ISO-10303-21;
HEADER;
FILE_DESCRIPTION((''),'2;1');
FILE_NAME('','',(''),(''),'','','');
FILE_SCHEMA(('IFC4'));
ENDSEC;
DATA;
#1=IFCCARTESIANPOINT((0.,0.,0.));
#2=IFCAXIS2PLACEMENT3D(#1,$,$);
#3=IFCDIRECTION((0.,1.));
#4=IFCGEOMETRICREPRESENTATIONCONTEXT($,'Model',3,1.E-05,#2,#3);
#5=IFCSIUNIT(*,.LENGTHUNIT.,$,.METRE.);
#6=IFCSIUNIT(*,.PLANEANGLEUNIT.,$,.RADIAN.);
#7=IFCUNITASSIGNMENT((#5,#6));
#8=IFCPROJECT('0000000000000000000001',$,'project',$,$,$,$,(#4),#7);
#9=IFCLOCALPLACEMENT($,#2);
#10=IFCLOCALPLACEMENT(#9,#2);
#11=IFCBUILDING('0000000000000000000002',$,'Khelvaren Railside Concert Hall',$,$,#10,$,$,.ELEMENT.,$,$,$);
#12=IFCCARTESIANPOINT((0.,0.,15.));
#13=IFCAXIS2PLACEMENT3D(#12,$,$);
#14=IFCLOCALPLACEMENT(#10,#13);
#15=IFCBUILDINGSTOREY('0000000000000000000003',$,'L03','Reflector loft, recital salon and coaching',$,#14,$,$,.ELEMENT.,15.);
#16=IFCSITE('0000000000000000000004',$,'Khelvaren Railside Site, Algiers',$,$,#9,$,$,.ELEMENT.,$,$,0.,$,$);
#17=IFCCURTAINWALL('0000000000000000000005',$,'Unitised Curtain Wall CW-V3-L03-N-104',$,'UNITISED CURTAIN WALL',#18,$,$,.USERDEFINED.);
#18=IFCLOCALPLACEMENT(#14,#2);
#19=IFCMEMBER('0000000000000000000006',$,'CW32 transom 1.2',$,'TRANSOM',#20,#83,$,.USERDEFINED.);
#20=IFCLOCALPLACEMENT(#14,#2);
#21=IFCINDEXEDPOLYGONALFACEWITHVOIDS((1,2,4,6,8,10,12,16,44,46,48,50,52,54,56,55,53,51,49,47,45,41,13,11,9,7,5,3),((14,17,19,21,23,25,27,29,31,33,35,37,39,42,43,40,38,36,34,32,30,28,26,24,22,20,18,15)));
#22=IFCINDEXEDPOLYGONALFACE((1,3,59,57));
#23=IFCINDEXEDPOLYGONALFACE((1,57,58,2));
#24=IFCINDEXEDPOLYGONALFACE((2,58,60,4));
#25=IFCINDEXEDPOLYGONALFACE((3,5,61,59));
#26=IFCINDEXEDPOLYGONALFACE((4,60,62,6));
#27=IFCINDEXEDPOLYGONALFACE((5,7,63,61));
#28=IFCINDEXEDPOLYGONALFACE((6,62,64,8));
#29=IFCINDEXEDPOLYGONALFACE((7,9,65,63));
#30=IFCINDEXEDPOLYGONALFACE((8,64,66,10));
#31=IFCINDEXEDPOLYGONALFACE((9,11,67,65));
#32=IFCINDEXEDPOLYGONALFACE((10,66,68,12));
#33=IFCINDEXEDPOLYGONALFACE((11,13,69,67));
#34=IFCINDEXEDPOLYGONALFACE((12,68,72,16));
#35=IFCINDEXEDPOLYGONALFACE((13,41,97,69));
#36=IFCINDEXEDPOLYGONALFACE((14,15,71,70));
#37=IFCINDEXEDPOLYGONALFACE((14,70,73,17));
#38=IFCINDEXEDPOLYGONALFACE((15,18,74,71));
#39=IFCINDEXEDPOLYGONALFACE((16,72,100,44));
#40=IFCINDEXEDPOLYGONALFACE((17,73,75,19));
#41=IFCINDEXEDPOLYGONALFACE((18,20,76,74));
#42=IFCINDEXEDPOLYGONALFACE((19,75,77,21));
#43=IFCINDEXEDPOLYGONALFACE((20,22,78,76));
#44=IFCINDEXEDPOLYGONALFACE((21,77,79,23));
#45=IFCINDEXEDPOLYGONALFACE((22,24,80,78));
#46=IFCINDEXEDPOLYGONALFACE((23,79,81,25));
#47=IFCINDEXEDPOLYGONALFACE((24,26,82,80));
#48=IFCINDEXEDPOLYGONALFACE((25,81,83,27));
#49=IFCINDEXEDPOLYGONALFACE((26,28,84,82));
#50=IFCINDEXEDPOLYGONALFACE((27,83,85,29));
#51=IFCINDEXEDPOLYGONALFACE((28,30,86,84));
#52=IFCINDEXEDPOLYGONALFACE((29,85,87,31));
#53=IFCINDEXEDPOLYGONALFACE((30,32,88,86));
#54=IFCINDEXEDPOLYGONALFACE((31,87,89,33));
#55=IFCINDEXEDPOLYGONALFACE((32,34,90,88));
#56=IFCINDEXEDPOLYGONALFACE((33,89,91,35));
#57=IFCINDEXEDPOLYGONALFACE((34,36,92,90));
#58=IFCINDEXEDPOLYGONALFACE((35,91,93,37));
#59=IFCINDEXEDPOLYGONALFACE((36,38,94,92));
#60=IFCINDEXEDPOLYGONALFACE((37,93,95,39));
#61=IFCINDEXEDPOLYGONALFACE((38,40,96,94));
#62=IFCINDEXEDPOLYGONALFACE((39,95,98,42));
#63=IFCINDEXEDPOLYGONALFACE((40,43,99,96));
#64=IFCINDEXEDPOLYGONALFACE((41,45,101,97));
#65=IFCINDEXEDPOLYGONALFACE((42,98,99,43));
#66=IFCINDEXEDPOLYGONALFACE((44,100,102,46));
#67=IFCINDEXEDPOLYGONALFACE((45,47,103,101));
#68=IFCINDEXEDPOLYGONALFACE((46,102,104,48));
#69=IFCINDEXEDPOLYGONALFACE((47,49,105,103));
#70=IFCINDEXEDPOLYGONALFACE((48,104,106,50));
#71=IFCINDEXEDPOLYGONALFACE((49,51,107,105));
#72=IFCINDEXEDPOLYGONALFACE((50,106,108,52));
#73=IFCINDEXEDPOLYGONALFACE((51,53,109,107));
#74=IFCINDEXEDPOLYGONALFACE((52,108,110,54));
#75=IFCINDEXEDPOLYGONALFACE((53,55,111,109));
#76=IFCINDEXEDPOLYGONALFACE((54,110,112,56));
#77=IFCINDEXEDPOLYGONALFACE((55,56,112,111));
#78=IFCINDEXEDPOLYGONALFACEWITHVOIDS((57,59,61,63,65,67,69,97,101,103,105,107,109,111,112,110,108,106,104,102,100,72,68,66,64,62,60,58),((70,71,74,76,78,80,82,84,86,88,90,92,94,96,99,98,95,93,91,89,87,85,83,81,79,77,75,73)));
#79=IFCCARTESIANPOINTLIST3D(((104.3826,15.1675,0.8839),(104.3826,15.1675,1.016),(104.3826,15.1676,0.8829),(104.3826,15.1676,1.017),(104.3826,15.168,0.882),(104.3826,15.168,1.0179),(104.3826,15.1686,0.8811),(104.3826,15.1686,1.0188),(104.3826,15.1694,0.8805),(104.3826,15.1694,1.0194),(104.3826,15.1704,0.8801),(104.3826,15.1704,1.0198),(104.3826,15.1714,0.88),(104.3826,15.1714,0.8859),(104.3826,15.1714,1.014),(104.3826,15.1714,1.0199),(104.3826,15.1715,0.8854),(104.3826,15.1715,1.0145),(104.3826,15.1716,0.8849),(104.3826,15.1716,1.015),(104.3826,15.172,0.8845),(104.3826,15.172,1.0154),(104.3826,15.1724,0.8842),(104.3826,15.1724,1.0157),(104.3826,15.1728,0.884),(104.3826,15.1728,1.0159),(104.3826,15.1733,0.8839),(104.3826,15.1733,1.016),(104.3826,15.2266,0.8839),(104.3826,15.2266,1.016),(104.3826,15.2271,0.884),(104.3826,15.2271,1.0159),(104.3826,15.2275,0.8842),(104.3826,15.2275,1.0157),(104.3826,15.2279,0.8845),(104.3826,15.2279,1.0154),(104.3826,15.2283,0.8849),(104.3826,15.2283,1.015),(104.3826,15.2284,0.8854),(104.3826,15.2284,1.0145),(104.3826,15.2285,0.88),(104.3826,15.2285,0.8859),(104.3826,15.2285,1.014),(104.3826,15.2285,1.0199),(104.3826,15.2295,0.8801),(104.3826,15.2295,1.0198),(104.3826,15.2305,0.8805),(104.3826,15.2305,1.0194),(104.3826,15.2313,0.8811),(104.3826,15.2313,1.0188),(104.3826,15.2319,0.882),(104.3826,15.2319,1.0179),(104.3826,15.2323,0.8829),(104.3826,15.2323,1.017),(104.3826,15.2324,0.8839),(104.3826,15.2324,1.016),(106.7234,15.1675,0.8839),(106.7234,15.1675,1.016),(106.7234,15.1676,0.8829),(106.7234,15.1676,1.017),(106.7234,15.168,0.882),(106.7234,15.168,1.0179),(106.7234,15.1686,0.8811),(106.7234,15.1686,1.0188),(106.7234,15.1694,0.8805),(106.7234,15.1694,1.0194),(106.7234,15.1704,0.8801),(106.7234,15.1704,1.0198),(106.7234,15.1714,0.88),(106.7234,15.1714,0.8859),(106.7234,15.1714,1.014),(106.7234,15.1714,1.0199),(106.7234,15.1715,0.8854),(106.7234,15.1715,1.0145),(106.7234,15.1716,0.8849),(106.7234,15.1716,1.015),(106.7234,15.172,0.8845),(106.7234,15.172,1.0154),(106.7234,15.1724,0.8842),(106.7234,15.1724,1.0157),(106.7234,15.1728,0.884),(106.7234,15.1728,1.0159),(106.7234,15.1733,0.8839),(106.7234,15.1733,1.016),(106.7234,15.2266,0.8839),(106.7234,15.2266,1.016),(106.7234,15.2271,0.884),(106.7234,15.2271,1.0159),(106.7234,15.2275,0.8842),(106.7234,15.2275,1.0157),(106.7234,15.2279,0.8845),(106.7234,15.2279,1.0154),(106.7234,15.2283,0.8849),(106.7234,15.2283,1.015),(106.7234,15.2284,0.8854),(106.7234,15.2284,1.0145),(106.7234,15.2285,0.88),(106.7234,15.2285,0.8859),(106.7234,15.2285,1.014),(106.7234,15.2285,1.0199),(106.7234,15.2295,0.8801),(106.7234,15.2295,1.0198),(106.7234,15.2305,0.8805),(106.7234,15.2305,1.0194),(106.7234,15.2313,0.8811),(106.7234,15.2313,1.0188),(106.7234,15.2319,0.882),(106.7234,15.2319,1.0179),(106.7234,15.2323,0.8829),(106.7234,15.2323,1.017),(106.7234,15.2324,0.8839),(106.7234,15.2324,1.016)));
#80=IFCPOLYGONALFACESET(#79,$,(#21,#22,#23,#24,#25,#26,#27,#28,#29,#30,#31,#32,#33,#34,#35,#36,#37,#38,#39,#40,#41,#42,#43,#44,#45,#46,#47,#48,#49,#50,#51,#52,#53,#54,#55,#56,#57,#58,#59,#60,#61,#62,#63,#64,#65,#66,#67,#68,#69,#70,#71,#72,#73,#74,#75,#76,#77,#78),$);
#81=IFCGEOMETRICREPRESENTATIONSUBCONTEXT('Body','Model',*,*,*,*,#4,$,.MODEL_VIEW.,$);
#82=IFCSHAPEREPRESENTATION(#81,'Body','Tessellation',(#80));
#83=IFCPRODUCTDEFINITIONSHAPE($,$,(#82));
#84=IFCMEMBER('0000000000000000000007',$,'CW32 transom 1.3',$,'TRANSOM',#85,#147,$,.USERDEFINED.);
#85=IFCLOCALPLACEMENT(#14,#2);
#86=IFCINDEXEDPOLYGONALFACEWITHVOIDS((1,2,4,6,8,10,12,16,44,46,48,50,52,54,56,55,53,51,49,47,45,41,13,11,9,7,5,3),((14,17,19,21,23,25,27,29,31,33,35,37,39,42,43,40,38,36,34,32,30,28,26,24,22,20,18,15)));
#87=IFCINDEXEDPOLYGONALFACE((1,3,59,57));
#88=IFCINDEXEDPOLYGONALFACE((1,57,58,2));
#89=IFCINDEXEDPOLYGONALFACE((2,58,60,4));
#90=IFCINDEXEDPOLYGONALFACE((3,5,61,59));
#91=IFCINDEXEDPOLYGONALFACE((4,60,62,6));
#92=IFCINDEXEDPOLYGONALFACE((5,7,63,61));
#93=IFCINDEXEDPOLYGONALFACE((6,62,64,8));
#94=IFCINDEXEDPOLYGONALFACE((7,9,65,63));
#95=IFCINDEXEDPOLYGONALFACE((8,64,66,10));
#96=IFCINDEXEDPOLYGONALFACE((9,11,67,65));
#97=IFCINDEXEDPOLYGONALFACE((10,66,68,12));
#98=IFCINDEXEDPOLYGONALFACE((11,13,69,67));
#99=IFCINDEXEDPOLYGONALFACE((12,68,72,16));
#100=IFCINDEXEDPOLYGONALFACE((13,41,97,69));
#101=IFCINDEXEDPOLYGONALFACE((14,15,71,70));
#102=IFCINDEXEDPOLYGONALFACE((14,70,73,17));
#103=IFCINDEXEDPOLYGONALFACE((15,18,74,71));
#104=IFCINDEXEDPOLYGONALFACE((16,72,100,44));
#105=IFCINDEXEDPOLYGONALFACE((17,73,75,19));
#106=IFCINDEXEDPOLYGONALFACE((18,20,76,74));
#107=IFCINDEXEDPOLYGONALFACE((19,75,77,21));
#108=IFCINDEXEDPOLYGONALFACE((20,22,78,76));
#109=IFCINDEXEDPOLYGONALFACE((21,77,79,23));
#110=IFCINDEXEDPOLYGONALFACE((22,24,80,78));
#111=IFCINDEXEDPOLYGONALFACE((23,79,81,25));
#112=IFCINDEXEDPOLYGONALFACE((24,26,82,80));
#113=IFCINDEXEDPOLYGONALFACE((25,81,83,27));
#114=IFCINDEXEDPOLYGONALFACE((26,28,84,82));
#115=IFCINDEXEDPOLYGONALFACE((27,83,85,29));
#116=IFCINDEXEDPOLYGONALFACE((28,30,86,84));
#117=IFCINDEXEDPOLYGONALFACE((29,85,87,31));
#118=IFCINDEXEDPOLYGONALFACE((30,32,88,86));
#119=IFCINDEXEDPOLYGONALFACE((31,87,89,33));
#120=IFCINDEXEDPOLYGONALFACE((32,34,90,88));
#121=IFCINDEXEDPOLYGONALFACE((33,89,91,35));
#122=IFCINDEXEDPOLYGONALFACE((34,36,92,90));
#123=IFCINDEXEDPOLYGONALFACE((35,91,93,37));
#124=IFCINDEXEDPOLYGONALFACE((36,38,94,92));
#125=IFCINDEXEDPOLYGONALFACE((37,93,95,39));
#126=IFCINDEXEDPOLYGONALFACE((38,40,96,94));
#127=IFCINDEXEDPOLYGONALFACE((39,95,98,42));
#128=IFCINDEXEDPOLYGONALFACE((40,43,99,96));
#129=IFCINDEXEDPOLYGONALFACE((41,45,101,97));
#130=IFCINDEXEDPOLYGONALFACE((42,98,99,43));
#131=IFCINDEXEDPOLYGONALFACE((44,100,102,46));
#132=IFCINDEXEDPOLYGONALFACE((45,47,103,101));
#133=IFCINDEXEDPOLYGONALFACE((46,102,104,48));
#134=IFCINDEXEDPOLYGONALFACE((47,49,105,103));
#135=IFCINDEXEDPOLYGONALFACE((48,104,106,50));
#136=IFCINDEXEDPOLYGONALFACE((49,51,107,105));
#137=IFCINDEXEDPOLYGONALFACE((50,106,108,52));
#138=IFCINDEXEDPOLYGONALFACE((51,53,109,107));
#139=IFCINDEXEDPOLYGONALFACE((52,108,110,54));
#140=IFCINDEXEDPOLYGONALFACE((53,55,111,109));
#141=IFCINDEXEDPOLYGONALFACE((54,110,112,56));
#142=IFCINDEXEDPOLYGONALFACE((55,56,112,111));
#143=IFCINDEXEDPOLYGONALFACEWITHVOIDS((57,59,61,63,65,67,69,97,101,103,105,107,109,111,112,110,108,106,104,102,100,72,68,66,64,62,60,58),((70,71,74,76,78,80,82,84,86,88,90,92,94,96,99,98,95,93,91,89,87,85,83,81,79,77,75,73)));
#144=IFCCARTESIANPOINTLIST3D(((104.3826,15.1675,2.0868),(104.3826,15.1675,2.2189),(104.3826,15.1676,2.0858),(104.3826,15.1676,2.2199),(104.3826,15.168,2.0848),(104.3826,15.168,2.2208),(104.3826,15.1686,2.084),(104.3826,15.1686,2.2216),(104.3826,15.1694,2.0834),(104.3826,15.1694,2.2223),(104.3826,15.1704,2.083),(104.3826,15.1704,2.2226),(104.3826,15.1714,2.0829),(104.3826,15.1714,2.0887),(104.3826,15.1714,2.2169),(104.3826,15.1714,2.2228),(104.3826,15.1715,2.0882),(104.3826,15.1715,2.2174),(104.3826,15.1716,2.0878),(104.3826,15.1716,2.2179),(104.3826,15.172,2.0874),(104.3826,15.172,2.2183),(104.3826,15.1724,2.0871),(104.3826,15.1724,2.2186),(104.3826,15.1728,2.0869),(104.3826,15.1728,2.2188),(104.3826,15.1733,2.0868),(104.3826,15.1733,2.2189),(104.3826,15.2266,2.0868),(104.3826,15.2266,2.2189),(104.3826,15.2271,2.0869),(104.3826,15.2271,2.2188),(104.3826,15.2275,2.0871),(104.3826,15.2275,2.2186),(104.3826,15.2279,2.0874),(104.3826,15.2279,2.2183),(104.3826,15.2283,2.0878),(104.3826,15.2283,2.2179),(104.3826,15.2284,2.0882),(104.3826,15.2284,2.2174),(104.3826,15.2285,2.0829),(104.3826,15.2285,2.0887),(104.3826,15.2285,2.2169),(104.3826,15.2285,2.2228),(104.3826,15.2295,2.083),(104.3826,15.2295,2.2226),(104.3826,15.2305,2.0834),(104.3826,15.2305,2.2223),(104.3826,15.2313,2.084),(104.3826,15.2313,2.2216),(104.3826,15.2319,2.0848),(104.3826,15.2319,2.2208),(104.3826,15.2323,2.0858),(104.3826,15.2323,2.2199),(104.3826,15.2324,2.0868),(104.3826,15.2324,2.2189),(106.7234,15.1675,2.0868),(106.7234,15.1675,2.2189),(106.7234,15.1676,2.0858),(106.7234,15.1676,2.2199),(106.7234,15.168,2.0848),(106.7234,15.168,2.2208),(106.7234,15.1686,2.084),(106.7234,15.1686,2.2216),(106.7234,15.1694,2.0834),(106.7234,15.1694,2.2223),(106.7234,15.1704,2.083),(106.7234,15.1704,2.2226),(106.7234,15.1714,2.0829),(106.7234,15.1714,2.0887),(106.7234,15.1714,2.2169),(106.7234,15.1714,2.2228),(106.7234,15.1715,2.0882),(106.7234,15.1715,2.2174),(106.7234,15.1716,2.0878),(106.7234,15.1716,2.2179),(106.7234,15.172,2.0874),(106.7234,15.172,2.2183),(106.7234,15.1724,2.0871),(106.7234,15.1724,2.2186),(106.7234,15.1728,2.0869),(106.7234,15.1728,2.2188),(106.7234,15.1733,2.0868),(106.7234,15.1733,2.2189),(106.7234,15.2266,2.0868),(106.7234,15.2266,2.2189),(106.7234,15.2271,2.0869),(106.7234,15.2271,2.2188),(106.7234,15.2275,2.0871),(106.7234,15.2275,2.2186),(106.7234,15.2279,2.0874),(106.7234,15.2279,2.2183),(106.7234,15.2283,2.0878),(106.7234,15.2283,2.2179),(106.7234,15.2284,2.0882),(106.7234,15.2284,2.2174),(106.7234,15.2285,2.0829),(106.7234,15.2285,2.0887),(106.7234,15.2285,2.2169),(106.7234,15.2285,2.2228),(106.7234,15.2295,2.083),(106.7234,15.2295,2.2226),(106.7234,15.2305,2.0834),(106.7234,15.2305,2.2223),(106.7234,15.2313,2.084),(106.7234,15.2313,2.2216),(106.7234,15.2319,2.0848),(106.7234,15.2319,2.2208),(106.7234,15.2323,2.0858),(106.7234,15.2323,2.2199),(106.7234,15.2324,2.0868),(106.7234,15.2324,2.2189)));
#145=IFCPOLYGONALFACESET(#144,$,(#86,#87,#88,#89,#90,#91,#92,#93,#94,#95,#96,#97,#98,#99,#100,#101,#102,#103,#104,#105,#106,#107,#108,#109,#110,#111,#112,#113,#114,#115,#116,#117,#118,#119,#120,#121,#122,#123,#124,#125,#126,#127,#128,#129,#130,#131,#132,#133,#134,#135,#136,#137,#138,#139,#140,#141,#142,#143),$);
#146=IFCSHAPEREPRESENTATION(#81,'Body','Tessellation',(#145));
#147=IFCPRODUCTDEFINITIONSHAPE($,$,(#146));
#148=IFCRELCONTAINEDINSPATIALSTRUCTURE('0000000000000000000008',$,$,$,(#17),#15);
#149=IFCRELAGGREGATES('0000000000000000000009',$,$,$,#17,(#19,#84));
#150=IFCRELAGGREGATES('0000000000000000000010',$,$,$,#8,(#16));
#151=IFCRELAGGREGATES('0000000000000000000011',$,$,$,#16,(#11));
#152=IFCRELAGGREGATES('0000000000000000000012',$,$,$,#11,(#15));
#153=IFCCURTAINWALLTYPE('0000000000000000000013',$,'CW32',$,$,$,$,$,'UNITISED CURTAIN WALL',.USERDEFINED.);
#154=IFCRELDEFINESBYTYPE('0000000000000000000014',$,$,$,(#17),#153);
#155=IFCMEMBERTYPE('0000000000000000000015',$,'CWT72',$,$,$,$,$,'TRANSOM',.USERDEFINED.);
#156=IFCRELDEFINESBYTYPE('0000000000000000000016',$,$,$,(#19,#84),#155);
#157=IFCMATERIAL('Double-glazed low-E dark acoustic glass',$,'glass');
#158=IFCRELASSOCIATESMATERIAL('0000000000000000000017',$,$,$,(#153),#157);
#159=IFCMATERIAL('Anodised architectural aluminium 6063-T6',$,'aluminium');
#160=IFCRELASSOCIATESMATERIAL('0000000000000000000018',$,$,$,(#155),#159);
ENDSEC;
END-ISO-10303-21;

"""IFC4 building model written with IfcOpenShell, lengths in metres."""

from ifc_helpers import new_model, si_unit, direction, frame, origin, origin_2d, place, context, subcontext, project, spatial, hollow_rectangle, extrude, material, material_profile, profile_set, type_object, element, aggregate, save


model = new_model("IFC4")

# Units and contexts
model_context = context("Model", 3, precision=1e-05, world=origin(), true_north=direction((0.0, 1.0)))
body_context = subcontext(model_context, "Body", "Model", "MODEL_VIEW")
ifc_project = project(units=[si_unit("LENGTHUNIT", "METRE"), si_unit("PLANEANGLEUNIT", "RADIAN")], contexts=[model_context])

# Site, building, storey
site_placement = place(None, origin())
site = spatial("IfcSite", under=ifc_project, at=site_placement, Name="Khelvaren Railside Site, Algiers", CompositionType="ELEMENT", RefElevation=0.0)
building_placement = place(site_placement, origin())
building = spatial("IfcBuilding", under=site, at=building_placement, Name="Khelvaren Railside Concert Hall", CompositionType="ELEMENT")
storey_placement = place(building_placement, frame((0.0, 0.0, 15.0)))
storey = spatial("IfcBuildingStorey", under=building, at=storey_placement, Name="L03", Description="Reflector loft, recital salon and coaching", CompositionType="ELEMENT", Elevation=15.0)

# Curtain wall
ifc_material_1 = material(Name="Double-glazed low-E dark acoustic glass", Category="glass")
ifc_material_2 = material(Name="Anodised architectural aluminium 6063-T6", Category="aluminium")
curtain_wall_type_1 = type_object("IfcCurtainWallType", Name="CW32", ElementType="UNITISED CURTAIN WALL", PredefinedType="USERDEFINED", material=ifc_material_1)
curtain_wall_1_placement = place(storey_placement, origin())
curtain_wall_1 = element("IfcCurtainWall", 1, at=curtain_wall_1_placement, inside=storey, type_object=curtain_wall_type_1, Name="Unitised Curtain Wall CW-V3-L03-N-104", ObjectType="UNITISED CURTAIN WALL", PredefinedType="USERDEFINED")

# Members
ifc_material_profile_1 = material_profile(ifc_material_2, hollow_rectangle(XDim=0.0649, YDim=0.1399, WallThickness=0.0039, InnerFilletRadius=0.002, OuterFilletRadius=0.0039, at=origin_2d()), Name="CWT 65x140x4")
ifc_profile_set_1 = profile_set([ifc_material_profile_1], Name="Anodised architectural aluminium 6063-T6")
member_type_1 = type_object("IfcMemberType", Name="CWT72", ElementType="TRANSOM", PredefinedType="USERDEFINED", material=ifc_profile_set_1)
member_1_placement = place(storey_placement, frame((104.3826, 15.2, 0.95), z_axis=(1.0, 0.0, 0.0), x_axis=(0.0, 1.0, 0.0)))
member_1 = element("IfcMember", 2, at=member_1_placement, type_object=member_type_1, Name="CW32 transom 1.2", ObjectType="TRANSOM", PredefinedType="USERDEFINED", context=body_context, shape_type="SweptSolid", body=[
    extrude(hollow_rectangle(XDim=0.0649, YDim=0.1399, WallThickness=0.0039, InnerFilletRadius=0.002, OuterFilletRadius=0.0039, at=origin_2d()), origin(), (0.0, 0.0, 1.0), 2.3408),
])
member_2_placement = place(storey_placement, frame((104.3826, 15.2, 2.1528), z_axis=(1.0, 0.0, 0.0), x_axis=(0.0, 1.0, 0.0)))
member_2 = element("IfcMember", 3, at=member_2_placement, type_object=member_type_1, Name="CW32 transom 1.3", ObjectType="TRANSOM", PredefinedType="USERDEFINED", context=body_context, shape_type="SweptSolid", body=[
    extrude(hollow_rectangle(XDim=0.0649, YDim=0.1399, WallThickness=0.0039, InnerFilletRadius=0.002, OuterFilletRadius=0.0039, at=origin_2d()), origin(), (0.0, 0.0, 1.0), 2.3408),
])

aggregate(curtain_wall_1, [member_1, member_2])

save(model, "model.ifc")
